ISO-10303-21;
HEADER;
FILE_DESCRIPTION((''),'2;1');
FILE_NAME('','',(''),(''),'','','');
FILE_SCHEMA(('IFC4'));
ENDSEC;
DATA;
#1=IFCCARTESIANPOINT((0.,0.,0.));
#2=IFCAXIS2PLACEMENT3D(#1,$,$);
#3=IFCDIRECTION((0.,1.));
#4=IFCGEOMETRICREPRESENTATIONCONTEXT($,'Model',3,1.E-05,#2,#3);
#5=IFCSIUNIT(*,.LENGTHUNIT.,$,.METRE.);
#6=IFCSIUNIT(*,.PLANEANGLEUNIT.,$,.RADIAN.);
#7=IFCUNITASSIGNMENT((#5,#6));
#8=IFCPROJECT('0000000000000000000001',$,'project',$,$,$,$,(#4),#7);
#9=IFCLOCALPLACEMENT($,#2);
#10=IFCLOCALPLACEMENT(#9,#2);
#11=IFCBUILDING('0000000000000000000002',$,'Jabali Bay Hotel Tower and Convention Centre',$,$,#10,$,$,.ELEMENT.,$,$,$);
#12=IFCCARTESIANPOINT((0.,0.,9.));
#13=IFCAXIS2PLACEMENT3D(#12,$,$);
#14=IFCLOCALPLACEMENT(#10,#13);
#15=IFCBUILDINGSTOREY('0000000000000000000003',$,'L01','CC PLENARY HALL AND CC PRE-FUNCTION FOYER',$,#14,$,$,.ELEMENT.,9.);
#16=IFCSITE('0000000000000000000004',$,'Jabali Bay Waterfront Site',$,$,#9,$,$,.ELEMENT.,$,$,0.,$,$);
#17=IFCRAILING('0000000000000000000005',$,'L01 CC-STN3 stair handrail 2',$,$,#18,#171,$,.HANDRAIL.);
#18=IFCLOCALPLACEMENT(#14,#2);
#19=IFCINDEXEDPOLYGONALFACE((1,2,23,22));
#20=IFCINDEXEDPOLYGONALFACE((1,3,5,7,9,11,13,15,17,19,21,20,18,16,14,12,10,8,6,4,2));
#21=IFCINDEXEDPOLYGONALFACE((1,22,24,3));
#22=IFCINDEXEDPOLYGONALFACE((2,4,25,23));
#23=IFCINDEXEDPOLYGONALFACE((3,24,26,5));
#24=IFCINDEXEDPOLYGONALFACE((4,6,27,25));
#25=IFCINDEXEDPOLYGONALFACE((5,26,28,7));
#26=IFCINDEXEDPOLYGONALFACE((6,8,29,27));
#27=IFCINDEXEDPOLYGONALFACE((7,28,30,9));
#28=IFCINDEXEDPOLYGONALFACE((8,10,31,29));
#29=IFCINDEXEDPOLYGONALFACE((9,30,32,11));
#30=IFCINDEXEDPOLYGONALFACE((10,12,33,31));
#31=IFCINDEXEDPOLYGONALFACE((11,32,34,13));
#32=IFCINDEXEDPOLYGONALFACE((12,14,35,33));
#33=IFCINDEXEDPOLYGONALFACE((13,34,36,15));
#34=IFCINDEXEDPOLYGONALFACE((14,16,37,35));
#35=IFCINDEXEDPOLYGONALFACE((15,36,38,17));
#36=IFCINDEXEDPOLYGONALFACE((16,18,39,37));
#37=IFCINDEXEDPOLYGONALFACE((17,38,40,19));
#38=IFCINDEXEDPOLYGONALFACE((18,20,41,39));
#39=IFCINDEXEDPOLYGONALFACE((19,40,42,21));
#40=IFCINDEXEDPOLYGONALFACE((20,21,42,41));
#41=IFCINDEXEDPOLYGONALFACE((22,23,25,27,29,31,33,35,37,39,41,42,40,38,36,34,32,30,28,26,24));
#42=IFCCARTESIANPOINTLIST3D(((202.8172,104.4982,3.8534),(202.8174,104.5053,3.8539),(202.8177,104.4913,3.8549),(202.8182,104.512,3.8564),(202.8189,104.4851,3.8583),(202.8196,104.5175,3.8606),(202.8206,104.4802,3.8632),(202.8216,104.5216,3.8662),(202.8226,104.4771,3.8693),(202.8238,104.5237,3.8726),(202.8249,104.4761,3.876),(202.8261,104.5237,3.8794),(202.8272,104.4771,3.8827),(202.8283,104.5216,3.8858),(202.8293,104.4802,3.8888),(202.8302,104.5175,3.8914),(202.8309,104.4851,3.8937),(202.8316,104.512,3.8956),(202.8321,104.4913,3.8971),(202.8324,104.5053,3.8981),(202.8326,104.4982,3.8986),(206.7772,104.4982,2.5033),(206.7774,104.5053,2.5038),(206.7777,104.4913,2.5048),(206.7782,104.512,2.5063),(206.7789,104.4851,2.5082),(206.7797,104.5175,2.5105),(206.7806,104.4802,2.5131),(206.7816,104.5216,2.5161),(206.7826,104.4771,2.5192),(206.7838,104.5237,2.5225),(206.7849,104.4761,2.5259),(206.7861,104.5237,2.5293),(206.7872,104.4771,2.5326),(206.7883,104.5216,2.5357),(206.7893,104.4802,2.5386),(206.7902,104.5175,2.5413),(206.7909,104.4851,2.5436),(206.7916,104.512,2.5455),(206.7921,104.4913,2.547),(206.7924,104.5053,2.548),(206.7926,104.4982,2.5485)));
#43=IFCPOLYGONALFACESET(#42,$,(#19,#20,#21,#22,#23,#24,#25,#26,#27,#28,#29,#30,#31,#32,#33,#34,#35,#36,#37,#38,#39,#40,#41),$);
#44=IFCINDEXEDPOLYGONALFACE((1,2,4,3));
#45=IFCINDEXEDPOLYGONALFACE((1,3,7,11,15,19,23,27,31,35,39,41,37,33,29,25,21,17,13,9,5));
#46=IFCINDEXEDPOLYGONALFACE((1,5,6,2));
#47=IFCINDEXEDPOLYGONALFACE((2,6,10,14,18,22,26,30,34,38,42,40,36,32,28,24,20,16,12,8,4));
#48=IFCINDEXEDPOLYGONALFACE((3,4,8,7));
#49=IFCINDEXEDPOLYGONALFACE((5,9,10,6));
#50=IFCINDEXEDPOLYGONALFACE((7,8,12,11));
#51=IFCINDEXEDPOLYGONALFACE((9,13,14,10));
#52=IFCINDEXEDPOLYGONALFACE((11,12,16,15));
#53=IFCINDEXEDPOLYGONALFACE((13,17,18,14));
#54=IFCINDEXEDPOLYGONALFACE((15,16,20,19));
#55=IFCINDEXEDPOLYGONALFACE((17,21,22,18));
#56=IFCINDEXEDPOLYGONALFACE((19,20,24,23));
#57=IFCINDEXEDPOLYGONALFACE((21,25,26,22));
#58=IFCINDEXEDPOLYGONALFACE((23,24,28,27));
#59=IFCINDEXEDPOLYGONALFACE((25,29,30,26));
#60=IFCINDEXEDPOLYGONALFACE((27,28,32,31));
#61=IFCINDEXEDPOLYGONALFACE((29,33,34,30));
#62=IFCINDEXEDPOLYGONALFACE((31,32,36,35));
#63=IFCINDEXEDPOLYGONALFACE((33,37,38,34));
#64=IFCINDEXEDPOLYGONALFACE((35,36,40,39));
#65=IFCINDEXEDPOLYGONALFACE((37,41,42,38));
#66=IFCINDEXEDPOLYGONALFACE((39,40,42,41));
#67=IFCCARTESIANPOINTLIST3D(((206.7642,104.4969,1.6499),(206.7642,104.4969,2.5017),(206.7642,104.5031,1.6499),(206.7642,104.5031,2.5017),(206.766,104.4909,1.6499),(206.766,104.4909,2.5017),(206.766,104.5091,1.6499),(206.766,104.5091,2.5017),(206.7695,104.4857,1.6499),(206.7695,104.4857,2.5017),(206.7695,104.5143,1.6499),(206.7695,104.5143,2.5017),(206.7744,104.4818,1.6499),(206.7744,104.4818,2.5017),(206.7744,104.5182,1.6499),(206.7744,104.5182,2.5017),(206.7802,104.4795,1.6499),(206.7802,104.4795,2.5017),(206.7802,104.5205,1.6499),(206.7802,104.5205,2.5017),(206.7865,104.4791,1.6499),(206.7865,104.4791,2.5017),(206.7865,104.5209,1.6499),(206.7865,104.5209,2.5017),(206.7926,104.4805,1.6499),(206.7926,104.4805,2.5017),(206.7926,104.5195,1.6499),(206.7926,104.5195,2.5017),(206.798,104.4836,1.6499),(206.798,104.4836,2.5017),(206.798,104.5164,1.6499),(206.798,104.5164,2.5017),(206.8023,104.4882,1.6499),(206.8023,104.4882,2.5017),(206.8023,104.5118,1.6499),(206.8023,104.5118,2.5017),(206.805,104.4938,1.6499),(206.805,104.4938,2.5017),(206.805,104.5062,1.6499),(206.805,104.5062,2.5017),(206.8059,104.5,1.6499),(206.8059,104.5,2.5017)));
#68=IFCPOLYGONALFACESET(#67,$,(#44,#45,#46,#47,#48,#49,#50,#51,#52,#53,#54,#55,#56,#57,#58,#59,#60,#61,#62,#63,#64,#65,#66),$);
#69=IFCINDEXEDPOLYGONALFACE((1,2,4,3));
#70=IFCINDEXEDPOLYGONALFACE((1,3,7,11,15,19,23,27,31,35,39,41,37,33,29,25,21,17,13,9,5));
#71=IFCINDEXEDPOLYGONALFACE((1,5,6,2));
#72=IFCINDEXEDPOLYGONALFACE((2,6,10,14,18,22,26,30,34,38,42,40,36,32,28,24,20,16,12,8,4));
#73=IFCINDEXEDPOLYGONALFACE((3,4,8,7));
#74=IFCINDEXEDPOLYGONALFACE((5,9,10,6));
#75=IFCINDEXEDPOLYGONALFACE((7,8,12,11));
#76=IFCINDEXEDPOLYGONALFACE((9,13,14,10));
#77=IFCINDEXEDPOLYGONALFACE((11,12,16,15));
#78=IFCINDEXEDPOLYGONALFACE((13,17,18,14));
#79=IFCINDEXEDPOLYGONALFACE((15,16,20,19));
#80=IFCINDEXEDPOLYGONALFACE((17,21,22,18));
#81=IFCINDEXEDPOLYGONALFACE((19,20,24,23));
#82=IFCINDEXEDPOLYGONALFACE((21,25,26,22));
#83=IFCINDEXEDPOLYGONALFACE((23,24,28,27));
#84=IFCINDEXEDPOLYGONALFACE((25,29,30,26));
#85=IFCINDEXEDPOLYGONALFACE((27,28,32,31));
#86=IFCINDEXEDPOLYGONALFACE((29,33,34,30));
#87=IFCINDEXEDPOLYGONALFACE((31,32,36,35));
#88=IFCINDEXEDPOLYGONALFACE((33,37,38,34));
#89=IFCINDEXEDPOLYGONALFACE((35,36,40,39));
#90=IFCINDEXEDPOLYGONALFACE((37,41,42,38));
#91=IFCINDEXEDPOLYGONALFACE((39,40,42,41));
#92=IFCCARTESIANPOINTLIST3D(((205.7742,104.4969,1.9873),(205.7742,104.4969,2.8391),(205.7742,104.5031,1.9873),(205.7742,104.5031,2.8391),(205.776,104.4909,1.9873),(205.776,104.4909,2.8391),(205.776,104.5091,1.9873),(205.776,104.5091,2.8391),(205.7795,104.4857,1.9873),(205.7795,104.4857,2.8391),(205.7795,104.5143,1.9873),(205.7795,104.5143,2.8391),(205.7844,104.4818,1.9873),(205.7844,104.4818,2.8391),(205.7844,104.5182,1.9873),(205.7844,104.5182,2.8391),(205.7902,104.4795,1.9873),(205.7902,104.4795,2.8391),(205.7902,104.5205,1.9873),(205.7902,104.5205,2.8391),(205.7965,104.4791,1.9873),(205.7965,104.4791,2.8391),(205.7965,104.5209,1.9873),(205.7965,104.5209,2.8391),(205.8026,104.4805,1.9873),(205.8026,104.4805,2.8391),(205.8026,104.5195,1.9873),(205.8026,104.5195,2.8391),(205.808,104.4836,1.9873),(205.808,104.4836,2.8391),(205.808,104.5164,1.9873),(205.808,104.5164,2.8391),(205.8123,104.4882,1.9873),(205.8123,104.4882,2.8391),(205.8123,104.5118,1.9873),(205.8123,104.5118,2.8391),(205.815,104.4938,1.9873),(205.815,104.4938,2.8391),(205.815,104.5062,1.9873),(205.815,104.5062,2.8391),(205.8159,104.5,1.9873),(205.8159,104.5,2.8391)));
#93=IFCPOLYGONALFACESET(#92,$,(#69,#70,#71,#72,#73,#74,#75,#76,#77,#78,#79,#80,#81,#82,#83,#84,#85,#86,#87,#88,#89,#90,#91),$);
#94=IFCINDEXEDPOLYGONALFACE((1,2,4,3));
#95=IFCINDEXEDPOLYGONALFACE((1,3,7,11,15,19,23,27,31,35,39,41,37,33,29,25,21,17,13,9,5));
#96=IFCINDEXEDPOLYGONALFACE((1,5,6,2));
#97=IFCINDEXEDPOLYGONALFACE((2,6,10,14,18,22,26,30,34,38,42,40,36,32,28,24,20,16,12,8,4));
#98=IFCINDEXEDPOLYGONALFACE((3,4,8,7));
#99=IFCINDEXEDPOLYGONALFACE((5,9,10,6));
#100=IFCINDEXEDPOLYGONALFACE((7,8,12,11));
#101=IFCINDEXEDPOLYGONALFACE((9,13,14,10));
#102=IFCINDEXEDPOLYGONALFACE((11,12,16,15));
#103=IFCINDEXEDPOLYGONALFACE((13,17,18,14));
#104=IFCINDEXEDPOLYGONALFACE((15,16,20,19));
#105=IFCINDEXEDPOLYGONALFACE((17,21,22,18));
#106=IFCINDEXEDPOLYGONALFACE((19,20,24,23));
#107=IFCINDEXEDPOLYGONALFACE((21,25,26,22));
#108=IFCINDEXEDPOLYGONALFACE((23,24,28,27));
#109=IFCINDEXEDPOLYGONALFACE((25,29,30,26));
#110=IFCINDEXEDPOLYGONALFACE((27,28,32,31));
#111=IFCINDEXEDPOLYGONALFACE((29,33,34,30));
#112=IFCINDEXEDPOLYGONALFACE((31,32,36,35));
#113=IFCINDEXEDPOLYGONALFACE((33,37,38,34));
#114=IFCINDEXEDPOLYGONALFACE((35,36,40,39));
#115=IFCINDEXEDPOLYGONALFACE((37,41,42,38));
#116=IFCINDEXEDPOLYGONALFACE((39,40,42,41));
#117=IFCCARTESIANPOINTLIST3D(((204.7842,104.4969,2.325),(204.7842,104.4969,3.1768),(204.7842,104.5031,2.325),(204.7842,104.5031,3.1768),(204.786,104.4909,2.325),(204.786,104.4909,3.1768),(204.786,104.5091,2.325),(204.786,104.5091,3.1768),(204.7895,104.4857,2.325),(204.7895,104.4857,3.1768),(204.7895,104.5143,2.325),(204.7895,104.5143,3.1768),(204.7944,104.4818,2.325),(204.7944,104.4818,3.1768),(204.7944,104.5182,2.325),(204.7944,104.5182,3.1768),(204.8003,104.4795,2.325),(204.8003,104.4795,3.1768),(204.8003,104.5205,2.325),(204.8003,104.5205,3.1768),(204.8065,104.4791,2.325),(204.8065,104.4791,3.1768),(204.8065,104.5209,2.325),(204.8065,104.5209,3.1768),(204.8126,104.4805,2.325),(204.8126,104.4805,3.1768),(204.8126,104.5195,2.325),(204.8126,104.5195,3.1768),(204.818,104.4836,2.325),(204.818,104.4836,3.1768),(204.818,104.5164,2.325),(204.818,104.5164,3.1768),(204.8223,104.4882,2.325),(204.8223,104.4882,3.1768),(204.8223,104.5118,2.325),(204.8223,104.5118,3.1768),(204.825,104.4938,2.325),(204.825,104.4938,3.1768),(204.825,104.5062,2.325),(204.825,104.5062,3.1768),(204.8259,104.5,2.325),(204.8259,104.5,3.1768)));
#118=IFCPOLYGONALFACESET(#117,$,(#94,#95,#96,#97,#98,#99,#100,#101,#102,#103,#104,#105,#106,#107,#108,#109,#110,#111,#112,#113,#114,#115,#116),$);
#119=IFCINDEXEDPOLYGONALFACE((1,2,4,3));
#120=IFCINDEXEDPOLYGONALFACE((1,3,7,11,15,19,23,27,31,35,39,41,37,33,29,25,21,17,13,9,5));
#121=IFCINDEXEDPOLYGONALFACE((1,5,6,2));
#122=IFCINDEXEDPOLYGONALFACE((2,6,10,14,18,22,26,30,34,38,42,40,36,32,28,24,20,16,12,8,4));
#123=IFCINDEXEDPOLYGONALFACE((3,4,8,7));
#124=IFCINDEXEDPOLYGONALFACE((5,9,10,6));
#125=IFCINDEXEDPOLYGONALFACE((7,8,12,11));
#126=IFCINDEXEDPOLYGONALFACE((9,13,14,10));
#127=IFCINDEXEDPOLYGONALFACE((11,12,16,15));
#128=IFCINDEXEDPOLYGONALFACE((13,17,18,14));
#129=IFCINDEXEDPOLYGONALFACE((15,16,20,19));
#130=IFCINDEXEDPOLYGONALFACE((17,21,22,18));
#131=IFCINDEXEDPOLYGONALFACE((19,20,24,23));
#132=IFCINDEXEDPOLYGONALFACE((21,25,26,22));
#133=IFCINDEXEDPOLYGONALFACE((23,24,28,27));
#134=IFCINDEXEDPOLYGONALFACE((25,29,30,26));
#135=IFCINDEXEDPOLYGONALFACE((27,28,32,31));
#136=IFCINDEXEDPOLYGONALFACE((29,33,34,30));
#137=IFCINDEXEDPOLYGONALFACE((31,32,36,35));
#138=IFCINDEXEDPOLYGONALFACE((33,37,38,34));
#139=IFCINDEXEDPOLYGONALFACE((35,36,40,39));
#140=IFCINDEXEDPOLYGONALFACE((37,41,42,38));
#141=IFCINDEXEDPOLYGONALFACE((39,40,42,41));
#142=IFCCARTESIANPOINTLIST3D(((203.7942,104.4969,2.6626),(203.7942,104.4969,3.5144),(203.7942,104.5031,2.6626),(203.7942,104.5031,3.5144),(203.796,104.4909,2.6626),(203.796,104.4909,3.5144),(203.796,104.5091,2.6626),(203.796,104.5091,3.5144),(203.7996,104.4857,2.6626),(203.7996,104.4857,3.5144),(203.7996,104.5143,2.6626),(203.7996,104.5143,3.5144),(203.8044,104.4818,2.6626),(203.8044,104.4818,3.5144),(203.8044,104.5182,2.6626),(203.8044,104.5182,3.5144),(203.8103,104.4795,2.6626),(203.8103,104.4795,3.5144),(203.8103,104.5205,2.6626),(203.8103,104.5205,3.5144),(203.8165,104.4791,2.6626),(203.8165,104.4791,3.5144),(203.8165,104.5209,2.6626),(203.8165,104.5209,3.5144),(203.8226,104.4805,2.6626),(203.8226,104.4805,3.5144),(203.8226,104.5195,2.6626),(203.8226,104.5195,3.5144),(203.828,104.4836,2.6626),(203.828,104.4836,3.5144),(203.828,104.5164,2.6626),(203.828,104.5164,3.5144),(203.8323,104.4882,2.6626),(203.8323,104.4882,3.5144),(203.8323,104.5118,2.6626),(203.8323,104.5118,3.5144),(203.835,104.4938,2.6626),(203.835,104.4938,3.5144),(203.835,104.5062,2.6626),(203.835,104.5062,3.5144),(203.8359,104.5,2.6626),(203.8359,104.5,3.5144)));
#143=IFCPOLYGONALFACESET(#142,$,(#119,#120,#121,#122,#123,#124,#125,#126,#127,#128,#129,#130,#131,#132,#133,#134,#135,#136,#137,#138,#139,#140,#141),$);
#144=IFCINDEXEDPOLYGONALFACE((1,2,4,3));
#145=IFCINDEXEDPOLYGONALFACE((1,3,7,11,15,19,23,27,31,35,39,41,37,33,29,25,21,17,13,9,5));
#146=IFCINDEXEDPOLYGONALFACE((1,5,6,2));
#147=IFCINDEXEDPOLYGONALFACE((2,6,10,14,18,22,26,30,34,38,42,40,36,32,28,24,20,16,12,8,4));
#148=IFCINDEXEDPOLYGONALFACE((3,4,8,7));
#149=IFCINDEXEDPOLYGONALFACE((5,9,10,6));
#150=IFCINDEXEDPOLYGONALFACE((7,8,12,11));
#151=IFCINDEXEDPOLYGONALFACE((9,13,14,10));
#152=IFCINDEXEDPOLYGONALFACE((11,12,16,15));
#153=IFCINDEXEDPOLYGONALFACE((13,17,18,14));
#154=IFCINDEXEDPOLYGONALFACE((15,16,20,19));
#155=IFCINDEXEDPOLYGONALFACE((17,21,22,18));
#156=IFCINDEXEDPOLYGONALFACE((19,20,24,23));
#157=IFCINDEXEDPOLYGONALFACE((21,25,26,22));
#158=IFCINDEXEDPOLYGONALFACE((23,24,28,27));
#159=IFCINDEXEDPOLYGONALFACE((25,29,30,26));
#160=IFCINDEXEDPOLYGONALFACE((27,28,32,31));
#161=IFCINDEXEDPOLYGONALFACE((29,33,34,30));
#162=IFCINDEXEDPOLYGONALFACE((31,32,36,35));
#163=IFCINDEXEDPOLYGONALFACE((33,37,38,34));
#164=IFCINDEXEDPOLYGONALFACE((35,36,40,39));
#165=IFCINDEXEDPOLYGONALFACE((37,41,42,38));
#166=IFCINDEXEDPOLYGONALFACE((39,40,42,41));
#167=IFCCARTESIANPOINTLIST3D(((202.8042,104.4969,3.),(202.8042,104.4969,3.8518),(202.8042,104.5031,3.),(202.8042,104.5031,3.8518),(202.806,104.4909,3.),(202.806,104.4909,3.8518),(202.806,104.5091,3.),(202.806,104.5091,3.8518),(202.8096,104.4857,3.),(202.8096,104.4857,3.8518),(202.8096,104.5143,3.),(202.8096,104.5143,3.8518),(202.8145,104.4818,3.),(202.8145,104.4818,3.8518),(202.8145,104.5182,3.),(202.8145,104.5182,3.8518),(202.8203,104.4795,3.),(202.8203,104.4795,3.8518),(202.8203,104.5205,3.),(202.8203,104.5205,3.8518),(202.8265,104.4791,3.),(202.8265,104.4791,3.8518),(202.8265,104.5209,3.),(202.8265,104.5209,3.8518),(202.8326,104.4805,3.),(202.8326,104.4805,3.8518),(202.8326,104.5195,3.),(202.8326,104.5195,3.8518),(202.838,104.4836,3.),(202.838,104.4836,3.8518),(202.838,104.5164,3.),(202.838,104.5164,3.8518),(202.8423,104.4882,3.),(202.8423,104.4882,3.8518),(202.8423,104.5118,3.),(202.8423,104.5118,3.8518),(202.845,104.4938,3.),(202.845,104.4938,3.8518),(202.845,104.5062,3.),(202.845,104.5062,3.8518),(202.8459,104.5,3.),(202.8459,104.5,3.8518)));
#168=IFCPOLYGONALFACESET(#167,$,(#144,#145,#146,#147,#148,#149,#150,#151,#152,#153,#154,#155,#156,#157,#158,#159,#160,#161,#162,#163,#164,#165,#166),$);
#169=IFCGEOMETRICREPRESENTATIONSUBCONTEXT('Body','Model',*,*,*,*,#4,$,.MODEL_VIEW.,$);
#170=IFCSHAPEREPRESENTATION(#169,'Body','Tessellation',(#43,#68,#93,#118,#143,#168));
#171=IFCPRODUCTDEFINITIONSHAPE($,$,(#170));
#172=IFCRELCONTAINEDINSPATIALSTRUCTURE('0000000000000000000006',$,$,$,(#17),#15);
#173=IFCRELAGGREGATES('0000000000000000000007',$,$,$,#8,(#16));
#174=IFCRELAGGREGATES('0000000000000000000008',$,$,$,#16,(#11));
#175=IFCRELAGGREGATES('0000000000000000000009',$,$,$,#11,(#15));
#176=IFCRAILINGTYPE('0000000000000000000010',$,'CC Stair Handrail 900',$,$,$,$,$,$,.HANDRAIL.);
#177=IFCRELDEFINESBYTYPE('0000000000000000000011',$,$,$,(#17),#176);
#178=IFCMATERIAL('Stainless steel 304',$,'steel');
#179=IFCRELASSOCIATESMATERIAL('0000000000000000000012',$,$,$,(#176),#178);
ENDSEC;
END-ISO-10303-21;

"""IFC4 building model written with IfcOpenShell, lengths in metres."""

from ifc_helpers import new_model, si_unit, direction, frame, origin, origin_2d, place, context, subcontext, project, spatial, circle, extrude, material, type_object, element, save


model = new_model("IFC4")

# Units and contexts
model_context = context("Model", 3, precision=1e-05, world=origin(), true_north=direction((0.0, 1.0)))
body_context = subcontext(model_context, "Body", "Model", "MODEL_VIEW")
ifc_project = project(units=[si_unit("LENGTHUNIT", "METRE"), si_unit("PLANEANGLEUNIT", "RADIAN")], contexts=[model_context])

# Site, building, storey
site_placement = place(None, origin())
site = spatial("IfcSite", under=ifc_project, at=site_placement, Name="Jabali Bay Waterfront Site", CompositionType="ELEMENT", RefElevation=0.0)
building_placement = place(site_placement, origin())
building = spatial("IfcBuilding", under=site, at=building_placement, Name="Jabali Bay Hotel Tower and Convention Centre", CompositionType="ELEMENT")
storey_placement = place(building_placement, frame((0.0, 0.0, 9.0)))
storey = spatial("IfcBuildingStorey", under=building, at=storey_placement, Name="L01", Description="CC PLENARY HALL AND CC PRE-FUNCTION FOYER", CompositionType="ELEMENT", Elevation=9.0)

# Railing
ifc_material_1 = material(Name="Stainless steel 304", Category="steel")
railing_type_1 = type_object("IfcRailingType", Name="CC Stair Handrail 900", PredefinedType="HANDRAIL", material=ifc_material_1)
railing_1_placement = place(storey_placement, frame((206.7849, 104.5, 1.6499)))
element("IfcRailing", 1, at=railing_1_placement, inside=storey, type_object=railing_type_1, Name="L01 CC-STN3 stair handrail 2", PredefinedType="HANDRAIL", context=body_context, shape_type="SweptSolid", body=[
    extrude(circle(Radius=0.0239, at=origin_2d()), frame((0.0, 0.0, 0.876), z_axis=(-0.946502, 0.0, 0.322698), x_axis=(0.0, -1.0, 0.0)), (0.0, 0.0, 1.0), 4.1838),
    extrude(circle(Radius=0.021, at=origin_2d()), origin(), (0.0, 0.0, 1.0), 0.8518),
    extrude(circle(Radius=0.021, at=origin_2d()), frame((-0.99, 0.0, 0.3374)), (0.0, 0.0, 1.0), 0.8518),
    extrude(circle(Radius=0.021, at=origin_2d()), frame((-1.98, 0.0, 0.675)), (0.0, 0.0, 1.0), 0.8518),
    extrude(circle(Radius=0.021, at=origin_2d()), frame((-2.97, 0.0, 1.0127)), (0.0, 0.0, 1.0), 0.8518),
    extrude(circle(Radius=0.021, at=origin_2d()), frame((-3.96, 0.0, 1.3501)), (0.0, 0.0, 1.0), 0.8518),
])

save(model, "model.ifc")
